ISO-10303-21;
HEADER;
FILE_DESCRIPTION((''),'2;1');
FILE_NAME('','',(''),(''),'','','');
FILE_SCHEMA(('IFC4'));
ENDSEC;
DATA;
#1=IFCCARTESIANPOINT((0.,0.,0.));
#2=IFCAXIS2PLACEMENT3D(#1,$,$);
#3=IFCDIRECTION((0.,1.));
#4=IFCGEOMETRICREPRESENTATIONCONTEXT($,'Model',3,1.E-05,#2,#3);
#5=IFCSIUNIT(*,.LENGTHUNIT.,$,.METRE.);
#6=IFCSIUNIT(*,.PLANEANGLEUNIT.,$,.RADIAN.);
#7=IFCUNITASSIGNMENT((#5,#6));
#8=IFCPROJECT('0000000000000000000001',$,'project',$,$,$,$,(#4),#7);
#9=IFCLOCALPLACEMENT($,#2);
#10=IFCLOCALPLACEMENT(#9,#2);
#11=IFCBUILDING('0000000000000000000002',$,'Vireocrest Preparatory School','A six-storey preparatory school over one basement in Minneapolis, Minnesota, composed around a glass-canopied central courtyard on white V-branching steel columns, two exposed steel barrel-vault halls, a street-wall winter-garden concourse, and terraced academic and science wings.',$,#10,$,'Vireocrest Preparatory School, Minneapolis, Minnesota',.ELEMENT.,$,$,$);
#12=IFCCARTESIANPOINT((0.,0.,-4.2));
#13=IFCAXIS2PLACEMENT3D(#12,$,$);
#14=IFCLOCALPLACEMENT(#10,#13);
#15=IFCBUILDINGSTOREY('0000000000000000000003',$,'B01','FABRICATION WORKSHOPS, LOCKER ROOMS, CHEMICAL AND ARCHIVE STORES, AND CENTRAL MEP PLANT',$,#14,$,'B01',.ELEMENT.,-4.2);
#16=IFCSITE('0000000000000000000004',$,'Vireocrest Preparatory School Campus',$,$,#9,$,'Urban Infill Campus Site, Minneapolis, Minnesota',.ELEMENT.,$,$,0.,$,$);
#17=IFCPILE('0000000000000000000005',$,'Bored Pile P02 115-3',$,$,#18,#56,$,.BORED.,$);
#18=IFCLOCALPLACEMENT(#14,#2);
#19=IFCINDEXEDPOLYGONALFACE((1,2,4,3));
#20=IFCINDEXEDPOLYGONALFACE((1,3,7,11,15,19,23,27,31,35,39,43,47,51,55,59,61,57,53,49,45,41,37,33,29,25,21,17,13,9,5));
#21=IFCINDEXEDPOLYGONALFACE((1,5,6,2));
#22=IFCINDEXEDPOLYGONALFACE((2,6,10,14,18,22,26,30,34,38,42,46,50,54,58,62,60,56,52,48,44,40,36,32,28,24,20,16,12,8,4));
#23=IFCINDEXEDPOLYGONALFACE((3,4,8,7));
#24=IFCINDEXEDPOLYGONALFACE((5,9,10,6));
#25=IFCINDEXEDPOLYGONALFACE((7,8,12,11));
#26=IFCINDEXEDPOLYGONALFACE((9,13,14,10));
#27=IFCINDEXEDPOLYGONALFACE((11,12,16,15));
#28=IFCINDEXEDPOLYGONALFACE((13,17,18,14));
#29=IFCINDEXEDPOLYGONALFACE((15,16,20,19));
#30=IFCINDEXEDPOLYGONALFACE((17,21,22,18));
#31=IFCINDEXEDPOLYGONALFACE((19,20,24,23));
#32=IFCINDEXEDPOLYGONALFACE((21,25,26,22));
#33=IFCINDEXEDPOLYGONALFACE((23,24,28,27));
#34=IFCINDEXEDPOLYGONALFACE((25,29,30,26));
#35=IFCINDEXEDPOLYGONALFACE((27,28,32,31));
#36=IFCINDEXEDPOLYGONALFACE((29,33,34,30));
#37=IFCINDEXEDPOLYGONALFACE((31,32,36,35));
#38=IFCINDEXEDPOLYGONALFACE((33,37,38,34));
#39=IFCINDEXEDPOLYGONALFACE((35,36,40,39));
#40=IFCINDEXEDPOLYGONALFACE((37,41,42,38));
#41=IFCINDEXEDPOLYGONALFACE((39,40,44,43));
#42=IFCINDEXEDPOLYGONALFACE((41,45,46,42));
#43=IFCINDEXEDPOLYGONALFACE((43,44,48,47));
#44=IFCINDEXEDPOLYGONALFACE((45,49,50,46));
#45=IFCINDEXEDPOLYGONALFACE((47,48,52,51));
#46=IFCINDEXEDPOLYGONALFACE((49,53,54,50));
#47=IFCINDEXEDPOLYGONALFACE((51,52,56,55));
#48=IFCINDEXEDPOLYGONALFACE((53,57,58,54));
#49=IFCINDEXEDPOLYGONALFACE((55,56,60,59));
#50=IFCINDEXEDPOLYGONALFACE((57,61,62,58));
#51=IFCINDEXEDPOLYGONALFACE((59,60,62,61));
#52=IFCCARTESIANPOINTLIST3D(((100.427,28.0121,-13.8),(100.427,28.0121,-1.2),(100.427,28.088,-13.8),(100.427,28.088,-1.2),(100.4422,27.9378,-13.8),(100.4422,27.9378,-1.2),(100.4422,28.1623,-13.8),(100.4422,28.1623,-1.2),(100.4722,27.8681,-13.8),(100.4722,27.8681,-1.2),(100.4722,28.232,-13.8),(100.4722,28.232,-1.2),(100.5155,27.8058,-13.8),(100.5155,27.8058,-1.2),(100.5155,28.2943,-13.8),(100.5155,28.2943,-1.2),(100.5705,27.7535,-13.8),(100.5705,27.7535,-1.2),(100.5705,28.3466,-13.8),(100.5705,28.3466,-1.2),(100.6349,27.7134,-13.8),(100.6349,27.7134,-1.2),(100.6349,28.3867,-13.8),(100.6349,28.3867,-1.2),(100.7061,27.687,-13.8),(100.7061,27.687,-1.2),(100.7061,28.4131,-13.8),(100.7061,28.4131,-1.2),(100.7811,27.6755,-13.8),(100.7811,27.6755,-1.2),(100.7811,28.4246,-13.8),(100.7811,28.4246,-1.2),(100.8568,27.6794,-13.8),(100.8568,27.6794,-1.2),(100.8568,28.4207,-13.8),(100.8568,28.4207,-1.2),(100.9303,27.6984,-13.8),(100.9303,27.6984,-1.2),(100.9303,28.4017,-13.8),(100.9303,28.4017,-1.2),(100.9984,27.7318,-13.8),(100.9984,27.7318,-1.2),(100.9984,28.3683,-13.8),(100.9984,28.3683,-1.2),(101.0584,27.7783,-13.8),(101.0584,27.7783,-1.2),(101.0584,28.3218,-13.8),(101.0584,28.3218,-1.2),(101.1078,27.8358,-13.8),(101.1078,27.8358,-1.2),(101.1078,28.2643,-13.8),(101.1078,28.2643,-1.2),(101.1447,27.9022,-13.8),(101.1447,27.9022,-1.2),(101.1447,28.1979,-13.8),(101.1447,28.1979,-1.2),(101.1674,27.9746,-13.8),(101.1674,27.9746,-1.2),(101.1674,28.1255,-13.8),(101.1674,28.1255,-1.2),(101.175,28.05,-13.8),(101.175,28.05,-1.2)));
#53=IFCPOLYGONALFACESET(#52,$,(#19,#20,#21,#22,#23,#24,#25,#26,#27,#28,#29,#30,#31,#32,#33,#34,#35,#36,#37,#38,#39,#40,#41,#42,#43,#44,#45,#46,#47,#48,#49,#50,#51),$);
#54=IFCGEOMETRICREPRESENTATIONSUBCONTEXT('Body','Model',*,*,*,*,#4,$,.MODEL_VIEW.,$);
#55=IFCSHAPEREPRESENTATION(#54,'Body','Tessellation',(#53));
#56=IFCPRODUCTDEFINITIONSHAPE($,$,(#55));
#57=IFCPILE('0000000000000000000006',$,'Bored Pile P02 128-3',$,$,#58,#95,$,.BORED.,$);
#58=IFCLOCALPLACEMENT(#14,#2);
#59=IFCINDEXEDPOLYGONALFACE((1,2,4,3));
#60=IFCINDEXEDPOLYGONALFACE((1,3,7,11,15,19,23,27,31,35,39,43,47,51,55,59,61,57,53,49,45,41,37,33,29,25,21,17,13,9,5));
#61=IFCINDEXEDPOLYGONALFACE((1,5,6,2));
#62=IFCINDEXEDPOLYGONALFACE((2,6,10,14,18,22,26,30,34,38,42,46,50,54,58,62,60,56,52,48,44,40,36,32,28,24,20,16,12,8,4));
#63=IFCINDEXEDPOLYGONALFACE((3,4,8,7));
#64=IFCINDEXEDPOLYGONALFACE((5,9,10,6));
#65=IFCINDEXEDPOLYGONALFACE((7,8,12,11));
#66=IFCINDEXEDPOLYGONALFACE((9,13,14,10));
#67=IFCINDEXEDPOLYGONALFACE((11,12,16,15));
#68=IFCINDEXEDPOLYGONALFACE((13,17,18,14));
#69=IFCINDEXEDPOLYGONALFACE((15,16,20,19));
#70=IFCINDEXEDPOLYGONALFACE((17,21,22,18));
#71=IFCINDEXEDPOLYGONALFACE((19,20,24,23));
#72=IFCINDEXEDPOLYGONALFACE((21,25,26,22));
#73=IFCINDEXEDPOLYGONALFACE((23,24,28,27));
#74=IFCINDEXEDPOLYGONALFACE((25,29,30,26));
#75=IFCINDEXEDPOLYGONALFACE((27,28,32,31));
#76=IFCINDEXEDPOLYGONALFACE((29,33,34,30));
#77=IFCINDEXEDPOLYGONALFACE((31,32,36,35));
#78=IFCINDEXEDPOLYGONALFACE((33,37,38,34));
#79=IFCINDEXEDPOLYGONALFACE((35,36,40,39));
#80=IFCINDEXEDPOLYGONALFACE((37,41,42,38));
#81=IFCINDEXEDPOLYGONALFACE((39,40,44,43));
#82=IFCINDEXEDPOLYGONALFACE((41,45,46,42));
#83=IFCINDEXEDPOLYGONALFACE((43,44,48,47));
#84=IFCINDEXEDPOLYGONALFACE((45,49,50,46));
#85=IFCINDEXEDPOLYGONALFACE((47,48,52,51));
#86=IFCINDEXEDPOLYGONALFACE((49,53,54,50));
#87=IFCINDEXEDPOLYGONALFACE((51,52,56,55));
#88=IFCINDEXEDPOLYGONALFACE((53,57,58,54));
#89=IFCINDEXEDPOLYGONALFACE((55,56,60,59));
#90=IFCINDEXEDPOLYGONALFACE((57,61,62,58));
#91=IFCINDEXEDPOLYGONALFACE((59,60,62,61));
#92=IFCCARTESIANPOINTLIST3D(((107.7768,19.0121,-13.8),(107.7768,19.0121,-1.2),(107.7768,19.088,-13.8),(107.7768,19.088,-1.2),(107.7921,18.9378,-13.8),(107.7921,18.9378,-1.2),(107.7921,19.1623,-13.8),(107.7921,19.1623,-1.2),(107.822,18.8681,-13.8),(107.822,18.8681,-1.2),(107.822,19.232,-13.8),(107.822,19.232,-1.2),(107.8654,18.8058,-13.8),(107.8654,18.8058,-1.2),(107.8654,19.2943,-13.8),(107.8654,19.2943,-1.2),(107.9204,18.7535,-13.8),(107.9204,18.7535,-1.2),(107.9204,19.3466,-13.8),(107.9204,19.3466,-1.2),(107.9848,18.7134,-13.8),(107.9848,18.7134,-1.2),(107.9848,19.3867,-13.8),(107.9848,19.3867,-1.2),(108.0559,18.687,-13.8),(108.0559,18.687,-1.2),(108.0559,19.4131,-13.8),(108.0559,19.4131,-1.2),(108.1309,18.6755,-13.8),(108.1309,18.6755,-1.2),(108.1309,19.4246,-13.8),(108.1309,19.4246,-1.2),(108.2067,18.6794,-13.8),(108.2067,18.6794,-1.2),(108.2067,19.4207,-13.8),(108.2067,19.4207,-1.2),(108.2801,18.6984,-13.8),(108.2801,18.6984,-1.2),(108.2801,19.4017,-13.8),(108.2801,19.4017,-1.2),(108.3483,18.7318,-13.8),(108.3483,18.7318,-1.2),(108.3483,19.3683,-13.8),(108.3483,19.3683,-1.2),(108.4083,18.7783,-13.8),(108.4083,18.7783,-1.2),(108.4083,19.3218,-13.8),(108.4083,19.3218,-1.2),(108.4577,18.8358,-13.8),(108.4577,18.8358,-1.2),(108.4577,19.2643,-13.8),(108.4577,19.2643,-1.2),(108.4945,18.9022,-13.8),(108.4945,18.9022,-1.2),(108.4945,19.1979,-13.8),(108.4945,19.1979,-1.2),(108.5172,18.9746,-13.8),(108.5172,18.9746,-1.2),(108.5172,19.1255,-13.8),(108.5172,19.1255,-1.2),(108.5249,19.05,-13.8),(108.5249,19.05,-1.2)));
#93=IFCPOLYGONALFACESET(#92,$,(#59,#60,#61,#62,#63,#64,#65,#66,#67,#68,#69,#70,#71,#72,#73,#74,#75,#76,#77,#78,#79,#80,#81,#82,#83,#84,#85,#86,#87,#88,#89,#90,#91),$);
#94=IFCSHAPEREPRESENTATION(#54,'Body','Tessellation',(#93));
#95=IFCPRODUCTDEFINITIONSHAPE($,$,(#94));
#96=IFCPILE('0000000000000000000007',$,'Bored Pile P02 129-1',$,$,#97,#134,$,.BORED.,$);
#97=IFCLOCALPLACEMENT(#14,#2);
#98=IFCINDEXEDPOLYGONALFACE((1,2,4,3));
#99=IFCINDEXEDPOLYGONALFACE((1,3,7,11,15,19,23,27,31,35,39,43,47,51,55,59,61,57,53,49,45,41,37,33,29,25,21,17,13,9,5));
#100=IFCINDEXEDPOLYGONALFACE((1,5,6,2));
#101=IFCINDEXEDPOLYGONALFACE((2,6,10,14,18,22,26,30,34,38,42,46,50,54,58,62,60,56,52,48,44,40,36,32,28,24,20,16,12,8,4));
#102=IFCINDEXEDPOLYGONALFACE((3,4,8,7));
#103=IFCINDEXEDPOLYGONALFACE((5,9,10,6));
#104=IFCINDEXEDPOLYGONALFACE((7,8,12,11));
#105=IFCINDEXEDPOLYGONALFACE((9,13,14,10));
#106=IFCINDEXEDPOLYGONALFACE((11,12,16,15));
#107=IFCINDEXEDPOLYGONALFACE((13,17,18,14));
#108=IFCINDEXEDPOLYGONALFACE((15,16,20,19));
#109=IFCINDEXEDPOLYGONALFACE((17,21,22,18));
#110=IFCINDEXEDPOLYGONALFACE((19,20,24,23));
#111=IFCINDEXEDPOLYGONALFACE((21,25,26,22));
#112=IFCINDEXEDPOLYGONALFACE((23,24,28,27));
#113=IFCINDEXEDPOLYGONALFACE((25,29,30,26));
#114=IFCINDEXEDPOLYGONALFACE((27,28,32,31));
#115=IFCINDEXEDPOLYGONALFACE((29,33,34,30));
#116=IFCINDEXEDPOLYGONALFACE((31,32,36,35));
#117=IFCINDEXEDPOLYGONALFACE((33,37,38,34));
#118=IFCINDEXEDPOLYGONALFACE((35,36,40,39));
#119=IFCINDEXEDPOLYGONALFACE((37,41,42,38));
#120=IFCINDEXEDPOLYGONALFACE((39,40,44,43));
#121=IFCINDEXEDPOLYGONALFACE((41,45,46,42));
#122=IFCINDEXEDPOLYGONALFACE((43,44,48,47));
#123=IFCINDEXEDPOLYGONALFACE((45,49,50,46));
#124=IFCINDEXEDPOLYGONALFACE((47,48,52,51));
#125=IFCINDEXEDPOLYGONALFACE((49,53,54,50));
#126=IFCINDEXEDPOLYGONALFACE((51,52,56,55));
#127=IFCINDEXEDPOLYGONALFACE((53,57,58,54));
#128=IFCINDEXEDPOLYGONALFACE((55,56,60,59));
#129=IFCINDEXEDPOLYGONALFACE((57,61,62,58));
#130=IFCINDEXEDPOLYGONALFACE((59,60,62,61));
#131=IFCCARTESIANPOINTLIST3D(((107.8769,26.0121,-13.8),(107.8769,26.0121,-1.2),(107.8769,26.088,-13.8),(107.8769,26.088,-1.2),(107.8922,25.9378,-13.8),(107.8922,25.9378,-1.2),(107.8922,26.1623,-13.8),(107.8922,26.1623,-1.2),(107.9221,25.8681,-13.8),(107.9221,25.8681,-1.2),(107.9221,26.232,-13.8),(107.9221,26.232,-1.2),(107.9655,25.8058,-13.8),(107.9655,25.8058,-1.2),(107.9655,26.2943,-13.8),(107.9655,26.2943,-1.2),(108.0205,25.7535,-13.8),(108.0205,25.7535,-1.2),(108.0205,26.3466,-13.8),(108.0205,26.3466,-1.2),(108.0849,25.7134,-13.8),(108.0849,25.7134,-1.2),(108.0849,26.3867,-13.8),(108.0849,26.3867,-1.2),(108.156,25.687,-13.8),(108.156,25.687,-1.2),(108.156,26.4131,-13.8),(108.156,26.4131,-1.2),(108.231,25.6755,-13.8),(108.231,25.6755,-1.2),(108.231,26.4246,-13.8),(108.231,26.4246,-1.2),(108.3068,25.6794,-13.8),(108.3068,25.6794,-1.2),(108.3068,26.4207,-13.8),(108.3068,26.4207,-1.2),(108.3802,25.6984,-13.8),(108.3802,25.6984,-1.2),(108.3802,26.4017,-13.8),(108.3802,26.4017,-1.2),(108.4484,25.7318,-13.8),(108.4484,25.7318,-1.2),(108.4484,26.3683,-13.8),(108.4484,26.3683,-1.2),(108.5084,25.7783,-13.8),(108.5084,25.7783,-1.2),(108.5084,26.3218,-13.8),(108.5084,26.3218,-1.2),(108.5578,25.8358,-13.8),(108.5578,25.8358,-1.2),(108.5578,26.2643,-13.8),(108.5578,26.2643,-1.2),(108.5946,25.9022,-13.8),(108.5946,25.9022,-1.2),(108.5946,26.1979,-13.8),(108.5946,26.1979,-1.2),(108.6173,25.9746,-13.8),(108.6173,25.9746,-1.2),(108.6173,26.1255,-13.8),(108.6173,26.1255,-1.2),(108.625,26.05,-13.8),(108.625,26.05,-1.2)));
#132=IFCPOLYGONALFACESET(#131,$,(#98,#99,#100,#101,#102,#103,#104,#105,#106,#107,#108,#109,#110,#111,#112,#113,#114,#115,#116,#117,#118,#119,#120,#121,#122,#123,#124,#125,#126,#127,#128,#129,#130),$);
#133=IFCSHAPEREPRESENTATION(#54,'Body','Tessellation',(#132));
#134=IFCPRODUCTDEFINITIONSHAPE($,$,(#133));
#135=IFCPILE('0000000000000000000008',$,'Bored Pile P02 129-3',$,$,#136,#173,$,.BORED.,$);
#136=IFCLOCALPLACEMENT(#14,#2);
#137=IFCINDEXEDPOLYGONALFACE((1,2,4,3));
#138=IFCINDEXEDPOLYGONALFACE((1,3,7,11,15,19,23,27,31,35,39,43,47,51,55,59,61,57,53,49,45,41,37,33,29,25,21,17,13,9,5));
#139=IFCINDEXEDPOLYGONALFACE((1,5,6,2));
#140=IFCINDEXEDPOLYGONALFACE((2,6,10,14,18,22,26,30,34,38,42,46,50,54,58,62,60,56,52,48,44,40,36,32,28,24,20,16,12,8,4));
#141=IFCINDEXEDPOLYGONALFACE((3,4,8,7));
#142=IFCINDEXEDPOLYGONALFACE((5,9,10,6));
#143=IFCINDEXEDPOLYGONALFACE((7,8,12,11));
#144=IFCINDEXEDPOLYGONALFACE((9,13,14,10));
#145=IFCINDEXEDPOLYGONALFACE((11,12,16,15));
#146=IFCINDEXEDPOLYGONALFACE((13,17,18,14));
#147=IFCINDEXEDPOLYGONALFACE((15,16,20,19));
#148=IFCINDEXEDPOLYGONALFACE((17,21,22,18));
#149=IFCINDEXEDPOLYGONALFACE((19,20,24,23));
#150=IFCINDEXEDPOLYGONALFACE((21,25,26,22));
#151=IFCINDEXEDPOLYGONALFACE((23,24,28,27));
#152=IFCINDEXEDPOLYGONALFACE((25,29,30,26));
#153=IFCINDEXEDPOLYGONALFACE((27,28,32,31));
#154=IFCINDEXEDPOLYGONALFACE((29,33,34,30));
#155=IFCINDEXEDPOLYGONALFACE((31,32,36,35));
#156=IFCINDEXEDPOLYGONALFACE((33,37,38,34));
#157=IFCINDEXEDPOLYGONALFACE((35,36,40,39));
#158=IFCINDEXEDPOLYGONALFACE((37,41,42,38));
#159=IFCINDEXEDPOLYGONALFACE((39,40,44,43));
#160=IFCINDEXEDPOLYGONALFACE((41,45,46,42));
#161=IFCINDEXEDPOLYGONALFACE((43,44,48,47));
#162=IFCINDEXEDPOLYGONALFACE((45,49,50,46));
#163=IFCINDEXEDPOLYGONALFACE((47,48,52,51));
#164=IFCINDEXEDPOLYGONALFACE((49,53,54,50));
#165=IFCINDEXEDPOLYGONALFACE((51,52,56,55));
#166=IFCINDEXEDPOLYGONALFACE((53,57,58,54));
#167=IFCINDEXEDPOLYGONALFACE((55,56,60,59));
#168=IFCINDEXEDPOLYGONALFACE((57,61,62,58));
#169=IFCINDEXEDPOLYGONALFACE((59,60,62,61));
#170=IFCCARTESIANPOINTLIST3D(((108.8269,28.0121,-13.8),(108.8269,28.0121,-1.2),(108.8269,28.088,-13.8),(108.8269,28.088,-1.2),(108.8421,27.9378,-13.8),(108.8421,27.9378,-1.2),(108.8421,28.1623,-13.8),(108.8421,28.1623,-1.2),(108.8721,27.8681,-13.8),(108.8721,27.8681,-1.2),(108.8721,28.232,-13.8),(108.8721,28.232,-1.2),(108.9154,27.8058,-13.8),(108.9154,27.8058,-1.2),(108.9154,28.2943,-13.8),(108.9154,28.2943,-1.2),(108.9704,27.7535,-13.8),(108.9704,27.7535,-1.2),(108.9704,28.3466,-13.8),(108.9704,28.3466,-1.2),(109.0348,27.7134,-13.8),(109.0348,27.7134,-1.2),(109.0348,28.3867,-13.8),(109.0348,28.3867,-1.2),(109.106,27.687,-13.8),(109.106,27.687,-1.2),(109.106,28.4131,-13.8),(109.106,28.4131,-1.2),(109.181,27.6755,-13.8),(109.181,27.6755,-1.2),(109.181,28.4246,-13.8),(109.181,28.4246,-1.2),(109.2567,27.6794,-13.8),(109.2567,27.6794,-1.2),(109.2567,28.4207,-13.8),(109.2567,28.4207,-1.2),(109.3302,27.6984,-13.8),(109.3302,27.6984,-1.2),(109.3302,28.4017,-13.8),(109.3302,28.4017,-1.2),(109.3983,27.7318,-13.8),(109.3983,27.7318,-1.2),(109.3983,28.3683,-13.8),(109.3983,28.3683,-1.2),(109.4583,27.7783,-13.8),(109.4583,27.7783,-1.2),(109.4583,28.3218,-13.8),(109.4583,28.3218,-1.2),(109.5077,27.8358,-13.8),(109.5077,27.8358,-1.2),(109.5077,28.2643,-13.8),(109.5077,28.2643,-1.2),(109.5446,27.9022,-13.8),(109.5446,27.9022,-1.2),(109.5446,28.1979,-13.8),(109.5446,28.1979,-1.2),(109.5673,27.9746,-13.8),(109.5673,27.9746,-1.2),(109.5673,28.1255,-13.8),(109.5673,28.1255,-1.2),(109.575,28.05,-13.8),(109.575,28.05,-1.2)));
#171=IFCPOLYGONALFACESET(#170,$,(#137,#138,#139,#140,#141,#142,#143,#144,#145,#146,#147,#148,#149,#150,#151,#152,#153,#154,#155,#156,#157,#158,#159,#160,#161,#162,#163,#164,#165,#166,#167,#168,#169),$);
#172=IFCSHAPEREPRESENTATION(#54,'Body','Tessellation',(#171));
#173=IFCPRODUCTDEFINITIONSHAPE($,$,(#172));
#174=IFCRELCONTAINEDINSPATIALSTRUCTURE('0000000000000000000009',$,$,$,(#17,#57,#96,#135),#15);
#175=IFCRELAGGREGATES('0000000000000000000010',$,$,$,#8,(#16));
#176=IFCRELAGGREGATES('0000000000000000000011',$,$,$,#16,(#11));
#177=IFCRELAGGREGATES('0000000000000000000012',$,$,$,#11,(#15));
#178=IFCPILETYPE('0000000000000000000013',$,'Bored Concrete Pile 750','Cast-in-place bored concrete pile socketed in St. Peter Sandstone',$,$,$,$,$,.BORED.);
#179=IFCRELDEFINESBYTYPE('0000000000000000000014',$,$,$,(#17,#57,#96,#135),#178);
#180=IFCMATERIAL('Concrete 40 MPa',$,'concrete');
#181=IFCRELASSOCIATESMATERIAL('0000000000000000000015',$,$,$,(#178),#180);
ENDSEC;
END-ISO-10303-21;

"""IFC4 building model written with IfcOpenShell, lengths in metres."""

from ifc_helpers import new_model, si_unit, direction, frame, origin, origin_2d, place, context, subcontext, project, spatial, circle, extrude, material, material_profile, profile_set, type_object, element, save


model = new_model("IFC4")

# Units and contexts
model_context = context("Model", 3, precision=1e-05, world=origin(), true_north=direction((0.0, 1.0)))
body_context = subcontext(model_context, "Body", "Model", "MODEL_VIEW")
ifc_project = project(units=[si_unit("LENGTHUNIT", "METRE"), si_unit("PLANEANGLEUNIT", "RADIAN")], contexts=[model_context])

# Site, building, storey
site_placement = place(None, origin())
site = spatial("IfcSite", under=ifc_project, at=site_placement, Name="Vireocrest Preparatory School Campus", LongName="Urban Infill Campus Site, Minneapolis, Minnesota", CompositionType="ELEMENT", RefElevation=0.0)
building_placement = place(site_placement, origin())
building = spatial("IfcBuilding", under=site, at=building_placement, Name="Vireocrest Preparatory School", Description="A six-storey preparatory school over one basement in Minneapolis, Minnesota, composed around a glass-canopied central courtyard on white V-branching steel columns, two exposed steel barrel-vault halls, a street-wall winter-garden concourse, and terraced academic and science wings.", LongName="Vireocrest Preparatory School, Minneapolis, Minnesota", CompositionType="ELEMENT")
storey_placement = place(building_placement, frame((0.0, 0.0, -4.2)))
storey = spatial("IfcBuildingStorey", under=building, at=storey_placement, Name="B01", Description="FABRICATION WORKSHOPS, LOCKER ROOMS, CHEMICAL AND ARCHIVE STORES, AND CENTRAL MEP PLANT", LongName="B01", CompositionType="ELEMENT", Elevation=-4.2)

# Piles
ifc_material_1 = material(Name="Concrete 40 MPa", Category="concrete")
ifc_material_profile_1 = material_profile(ifc_material_1, circle(Radius=0.375, at=origin_2d()), Name="BORED PILE 750")
ifc_profile_set_1 = profile_set([ifc_material_profile_1], Name="Concrete 40 MPa")
pile_type_1 = type_object("IfcPileType", Name="Bored Concrete Pile 750", Description="Cast-in-place bored concrete pile socketed in St. Peter Sandstone", PredefinedType="BORED", material=ifc_profile_set_1)
for number, where, z_axis, x_axis, name in (
    (1, (100.8, 28.05, -1.2), (0.0, 0.0, -1.0), (1.0, 0.0, 0.0), "Bored Pile P02 115-3"),
    (2, (108.1499, 19.05, -1.2), (0.0, 0.0, -1.0), (1.0, 0.0, 0.0), "Bored Pile P02 128-3"),
    (3, (108.25, 26.05, -1.2), (0.0, 0.0, -1.0), (1.0, 0.0, 0.0), "Bored Pile P02 129-1"),
    (4, (109.2, 28.05, -1.2), (0.0, 0.0, -1.0), (1.0, 0.0, 0.0), "Bored Pile P02 129-3"),
):
    element("IfcPile", number, at=place(storey_placement, frame(where, z_axis=z_axis, x_axis=x_axis)), inside=storey, type_object=pile_type_1, Name=name, PredefinedType="BORED", context=body_context, shape_type="SweptSolid", body=[
        extrude(circle(Radius=0.375, at=origin_2d()), origin(), (0.0, 0.0, 1.0), 12.6001),
    ])

save(model, "model.ifc")
